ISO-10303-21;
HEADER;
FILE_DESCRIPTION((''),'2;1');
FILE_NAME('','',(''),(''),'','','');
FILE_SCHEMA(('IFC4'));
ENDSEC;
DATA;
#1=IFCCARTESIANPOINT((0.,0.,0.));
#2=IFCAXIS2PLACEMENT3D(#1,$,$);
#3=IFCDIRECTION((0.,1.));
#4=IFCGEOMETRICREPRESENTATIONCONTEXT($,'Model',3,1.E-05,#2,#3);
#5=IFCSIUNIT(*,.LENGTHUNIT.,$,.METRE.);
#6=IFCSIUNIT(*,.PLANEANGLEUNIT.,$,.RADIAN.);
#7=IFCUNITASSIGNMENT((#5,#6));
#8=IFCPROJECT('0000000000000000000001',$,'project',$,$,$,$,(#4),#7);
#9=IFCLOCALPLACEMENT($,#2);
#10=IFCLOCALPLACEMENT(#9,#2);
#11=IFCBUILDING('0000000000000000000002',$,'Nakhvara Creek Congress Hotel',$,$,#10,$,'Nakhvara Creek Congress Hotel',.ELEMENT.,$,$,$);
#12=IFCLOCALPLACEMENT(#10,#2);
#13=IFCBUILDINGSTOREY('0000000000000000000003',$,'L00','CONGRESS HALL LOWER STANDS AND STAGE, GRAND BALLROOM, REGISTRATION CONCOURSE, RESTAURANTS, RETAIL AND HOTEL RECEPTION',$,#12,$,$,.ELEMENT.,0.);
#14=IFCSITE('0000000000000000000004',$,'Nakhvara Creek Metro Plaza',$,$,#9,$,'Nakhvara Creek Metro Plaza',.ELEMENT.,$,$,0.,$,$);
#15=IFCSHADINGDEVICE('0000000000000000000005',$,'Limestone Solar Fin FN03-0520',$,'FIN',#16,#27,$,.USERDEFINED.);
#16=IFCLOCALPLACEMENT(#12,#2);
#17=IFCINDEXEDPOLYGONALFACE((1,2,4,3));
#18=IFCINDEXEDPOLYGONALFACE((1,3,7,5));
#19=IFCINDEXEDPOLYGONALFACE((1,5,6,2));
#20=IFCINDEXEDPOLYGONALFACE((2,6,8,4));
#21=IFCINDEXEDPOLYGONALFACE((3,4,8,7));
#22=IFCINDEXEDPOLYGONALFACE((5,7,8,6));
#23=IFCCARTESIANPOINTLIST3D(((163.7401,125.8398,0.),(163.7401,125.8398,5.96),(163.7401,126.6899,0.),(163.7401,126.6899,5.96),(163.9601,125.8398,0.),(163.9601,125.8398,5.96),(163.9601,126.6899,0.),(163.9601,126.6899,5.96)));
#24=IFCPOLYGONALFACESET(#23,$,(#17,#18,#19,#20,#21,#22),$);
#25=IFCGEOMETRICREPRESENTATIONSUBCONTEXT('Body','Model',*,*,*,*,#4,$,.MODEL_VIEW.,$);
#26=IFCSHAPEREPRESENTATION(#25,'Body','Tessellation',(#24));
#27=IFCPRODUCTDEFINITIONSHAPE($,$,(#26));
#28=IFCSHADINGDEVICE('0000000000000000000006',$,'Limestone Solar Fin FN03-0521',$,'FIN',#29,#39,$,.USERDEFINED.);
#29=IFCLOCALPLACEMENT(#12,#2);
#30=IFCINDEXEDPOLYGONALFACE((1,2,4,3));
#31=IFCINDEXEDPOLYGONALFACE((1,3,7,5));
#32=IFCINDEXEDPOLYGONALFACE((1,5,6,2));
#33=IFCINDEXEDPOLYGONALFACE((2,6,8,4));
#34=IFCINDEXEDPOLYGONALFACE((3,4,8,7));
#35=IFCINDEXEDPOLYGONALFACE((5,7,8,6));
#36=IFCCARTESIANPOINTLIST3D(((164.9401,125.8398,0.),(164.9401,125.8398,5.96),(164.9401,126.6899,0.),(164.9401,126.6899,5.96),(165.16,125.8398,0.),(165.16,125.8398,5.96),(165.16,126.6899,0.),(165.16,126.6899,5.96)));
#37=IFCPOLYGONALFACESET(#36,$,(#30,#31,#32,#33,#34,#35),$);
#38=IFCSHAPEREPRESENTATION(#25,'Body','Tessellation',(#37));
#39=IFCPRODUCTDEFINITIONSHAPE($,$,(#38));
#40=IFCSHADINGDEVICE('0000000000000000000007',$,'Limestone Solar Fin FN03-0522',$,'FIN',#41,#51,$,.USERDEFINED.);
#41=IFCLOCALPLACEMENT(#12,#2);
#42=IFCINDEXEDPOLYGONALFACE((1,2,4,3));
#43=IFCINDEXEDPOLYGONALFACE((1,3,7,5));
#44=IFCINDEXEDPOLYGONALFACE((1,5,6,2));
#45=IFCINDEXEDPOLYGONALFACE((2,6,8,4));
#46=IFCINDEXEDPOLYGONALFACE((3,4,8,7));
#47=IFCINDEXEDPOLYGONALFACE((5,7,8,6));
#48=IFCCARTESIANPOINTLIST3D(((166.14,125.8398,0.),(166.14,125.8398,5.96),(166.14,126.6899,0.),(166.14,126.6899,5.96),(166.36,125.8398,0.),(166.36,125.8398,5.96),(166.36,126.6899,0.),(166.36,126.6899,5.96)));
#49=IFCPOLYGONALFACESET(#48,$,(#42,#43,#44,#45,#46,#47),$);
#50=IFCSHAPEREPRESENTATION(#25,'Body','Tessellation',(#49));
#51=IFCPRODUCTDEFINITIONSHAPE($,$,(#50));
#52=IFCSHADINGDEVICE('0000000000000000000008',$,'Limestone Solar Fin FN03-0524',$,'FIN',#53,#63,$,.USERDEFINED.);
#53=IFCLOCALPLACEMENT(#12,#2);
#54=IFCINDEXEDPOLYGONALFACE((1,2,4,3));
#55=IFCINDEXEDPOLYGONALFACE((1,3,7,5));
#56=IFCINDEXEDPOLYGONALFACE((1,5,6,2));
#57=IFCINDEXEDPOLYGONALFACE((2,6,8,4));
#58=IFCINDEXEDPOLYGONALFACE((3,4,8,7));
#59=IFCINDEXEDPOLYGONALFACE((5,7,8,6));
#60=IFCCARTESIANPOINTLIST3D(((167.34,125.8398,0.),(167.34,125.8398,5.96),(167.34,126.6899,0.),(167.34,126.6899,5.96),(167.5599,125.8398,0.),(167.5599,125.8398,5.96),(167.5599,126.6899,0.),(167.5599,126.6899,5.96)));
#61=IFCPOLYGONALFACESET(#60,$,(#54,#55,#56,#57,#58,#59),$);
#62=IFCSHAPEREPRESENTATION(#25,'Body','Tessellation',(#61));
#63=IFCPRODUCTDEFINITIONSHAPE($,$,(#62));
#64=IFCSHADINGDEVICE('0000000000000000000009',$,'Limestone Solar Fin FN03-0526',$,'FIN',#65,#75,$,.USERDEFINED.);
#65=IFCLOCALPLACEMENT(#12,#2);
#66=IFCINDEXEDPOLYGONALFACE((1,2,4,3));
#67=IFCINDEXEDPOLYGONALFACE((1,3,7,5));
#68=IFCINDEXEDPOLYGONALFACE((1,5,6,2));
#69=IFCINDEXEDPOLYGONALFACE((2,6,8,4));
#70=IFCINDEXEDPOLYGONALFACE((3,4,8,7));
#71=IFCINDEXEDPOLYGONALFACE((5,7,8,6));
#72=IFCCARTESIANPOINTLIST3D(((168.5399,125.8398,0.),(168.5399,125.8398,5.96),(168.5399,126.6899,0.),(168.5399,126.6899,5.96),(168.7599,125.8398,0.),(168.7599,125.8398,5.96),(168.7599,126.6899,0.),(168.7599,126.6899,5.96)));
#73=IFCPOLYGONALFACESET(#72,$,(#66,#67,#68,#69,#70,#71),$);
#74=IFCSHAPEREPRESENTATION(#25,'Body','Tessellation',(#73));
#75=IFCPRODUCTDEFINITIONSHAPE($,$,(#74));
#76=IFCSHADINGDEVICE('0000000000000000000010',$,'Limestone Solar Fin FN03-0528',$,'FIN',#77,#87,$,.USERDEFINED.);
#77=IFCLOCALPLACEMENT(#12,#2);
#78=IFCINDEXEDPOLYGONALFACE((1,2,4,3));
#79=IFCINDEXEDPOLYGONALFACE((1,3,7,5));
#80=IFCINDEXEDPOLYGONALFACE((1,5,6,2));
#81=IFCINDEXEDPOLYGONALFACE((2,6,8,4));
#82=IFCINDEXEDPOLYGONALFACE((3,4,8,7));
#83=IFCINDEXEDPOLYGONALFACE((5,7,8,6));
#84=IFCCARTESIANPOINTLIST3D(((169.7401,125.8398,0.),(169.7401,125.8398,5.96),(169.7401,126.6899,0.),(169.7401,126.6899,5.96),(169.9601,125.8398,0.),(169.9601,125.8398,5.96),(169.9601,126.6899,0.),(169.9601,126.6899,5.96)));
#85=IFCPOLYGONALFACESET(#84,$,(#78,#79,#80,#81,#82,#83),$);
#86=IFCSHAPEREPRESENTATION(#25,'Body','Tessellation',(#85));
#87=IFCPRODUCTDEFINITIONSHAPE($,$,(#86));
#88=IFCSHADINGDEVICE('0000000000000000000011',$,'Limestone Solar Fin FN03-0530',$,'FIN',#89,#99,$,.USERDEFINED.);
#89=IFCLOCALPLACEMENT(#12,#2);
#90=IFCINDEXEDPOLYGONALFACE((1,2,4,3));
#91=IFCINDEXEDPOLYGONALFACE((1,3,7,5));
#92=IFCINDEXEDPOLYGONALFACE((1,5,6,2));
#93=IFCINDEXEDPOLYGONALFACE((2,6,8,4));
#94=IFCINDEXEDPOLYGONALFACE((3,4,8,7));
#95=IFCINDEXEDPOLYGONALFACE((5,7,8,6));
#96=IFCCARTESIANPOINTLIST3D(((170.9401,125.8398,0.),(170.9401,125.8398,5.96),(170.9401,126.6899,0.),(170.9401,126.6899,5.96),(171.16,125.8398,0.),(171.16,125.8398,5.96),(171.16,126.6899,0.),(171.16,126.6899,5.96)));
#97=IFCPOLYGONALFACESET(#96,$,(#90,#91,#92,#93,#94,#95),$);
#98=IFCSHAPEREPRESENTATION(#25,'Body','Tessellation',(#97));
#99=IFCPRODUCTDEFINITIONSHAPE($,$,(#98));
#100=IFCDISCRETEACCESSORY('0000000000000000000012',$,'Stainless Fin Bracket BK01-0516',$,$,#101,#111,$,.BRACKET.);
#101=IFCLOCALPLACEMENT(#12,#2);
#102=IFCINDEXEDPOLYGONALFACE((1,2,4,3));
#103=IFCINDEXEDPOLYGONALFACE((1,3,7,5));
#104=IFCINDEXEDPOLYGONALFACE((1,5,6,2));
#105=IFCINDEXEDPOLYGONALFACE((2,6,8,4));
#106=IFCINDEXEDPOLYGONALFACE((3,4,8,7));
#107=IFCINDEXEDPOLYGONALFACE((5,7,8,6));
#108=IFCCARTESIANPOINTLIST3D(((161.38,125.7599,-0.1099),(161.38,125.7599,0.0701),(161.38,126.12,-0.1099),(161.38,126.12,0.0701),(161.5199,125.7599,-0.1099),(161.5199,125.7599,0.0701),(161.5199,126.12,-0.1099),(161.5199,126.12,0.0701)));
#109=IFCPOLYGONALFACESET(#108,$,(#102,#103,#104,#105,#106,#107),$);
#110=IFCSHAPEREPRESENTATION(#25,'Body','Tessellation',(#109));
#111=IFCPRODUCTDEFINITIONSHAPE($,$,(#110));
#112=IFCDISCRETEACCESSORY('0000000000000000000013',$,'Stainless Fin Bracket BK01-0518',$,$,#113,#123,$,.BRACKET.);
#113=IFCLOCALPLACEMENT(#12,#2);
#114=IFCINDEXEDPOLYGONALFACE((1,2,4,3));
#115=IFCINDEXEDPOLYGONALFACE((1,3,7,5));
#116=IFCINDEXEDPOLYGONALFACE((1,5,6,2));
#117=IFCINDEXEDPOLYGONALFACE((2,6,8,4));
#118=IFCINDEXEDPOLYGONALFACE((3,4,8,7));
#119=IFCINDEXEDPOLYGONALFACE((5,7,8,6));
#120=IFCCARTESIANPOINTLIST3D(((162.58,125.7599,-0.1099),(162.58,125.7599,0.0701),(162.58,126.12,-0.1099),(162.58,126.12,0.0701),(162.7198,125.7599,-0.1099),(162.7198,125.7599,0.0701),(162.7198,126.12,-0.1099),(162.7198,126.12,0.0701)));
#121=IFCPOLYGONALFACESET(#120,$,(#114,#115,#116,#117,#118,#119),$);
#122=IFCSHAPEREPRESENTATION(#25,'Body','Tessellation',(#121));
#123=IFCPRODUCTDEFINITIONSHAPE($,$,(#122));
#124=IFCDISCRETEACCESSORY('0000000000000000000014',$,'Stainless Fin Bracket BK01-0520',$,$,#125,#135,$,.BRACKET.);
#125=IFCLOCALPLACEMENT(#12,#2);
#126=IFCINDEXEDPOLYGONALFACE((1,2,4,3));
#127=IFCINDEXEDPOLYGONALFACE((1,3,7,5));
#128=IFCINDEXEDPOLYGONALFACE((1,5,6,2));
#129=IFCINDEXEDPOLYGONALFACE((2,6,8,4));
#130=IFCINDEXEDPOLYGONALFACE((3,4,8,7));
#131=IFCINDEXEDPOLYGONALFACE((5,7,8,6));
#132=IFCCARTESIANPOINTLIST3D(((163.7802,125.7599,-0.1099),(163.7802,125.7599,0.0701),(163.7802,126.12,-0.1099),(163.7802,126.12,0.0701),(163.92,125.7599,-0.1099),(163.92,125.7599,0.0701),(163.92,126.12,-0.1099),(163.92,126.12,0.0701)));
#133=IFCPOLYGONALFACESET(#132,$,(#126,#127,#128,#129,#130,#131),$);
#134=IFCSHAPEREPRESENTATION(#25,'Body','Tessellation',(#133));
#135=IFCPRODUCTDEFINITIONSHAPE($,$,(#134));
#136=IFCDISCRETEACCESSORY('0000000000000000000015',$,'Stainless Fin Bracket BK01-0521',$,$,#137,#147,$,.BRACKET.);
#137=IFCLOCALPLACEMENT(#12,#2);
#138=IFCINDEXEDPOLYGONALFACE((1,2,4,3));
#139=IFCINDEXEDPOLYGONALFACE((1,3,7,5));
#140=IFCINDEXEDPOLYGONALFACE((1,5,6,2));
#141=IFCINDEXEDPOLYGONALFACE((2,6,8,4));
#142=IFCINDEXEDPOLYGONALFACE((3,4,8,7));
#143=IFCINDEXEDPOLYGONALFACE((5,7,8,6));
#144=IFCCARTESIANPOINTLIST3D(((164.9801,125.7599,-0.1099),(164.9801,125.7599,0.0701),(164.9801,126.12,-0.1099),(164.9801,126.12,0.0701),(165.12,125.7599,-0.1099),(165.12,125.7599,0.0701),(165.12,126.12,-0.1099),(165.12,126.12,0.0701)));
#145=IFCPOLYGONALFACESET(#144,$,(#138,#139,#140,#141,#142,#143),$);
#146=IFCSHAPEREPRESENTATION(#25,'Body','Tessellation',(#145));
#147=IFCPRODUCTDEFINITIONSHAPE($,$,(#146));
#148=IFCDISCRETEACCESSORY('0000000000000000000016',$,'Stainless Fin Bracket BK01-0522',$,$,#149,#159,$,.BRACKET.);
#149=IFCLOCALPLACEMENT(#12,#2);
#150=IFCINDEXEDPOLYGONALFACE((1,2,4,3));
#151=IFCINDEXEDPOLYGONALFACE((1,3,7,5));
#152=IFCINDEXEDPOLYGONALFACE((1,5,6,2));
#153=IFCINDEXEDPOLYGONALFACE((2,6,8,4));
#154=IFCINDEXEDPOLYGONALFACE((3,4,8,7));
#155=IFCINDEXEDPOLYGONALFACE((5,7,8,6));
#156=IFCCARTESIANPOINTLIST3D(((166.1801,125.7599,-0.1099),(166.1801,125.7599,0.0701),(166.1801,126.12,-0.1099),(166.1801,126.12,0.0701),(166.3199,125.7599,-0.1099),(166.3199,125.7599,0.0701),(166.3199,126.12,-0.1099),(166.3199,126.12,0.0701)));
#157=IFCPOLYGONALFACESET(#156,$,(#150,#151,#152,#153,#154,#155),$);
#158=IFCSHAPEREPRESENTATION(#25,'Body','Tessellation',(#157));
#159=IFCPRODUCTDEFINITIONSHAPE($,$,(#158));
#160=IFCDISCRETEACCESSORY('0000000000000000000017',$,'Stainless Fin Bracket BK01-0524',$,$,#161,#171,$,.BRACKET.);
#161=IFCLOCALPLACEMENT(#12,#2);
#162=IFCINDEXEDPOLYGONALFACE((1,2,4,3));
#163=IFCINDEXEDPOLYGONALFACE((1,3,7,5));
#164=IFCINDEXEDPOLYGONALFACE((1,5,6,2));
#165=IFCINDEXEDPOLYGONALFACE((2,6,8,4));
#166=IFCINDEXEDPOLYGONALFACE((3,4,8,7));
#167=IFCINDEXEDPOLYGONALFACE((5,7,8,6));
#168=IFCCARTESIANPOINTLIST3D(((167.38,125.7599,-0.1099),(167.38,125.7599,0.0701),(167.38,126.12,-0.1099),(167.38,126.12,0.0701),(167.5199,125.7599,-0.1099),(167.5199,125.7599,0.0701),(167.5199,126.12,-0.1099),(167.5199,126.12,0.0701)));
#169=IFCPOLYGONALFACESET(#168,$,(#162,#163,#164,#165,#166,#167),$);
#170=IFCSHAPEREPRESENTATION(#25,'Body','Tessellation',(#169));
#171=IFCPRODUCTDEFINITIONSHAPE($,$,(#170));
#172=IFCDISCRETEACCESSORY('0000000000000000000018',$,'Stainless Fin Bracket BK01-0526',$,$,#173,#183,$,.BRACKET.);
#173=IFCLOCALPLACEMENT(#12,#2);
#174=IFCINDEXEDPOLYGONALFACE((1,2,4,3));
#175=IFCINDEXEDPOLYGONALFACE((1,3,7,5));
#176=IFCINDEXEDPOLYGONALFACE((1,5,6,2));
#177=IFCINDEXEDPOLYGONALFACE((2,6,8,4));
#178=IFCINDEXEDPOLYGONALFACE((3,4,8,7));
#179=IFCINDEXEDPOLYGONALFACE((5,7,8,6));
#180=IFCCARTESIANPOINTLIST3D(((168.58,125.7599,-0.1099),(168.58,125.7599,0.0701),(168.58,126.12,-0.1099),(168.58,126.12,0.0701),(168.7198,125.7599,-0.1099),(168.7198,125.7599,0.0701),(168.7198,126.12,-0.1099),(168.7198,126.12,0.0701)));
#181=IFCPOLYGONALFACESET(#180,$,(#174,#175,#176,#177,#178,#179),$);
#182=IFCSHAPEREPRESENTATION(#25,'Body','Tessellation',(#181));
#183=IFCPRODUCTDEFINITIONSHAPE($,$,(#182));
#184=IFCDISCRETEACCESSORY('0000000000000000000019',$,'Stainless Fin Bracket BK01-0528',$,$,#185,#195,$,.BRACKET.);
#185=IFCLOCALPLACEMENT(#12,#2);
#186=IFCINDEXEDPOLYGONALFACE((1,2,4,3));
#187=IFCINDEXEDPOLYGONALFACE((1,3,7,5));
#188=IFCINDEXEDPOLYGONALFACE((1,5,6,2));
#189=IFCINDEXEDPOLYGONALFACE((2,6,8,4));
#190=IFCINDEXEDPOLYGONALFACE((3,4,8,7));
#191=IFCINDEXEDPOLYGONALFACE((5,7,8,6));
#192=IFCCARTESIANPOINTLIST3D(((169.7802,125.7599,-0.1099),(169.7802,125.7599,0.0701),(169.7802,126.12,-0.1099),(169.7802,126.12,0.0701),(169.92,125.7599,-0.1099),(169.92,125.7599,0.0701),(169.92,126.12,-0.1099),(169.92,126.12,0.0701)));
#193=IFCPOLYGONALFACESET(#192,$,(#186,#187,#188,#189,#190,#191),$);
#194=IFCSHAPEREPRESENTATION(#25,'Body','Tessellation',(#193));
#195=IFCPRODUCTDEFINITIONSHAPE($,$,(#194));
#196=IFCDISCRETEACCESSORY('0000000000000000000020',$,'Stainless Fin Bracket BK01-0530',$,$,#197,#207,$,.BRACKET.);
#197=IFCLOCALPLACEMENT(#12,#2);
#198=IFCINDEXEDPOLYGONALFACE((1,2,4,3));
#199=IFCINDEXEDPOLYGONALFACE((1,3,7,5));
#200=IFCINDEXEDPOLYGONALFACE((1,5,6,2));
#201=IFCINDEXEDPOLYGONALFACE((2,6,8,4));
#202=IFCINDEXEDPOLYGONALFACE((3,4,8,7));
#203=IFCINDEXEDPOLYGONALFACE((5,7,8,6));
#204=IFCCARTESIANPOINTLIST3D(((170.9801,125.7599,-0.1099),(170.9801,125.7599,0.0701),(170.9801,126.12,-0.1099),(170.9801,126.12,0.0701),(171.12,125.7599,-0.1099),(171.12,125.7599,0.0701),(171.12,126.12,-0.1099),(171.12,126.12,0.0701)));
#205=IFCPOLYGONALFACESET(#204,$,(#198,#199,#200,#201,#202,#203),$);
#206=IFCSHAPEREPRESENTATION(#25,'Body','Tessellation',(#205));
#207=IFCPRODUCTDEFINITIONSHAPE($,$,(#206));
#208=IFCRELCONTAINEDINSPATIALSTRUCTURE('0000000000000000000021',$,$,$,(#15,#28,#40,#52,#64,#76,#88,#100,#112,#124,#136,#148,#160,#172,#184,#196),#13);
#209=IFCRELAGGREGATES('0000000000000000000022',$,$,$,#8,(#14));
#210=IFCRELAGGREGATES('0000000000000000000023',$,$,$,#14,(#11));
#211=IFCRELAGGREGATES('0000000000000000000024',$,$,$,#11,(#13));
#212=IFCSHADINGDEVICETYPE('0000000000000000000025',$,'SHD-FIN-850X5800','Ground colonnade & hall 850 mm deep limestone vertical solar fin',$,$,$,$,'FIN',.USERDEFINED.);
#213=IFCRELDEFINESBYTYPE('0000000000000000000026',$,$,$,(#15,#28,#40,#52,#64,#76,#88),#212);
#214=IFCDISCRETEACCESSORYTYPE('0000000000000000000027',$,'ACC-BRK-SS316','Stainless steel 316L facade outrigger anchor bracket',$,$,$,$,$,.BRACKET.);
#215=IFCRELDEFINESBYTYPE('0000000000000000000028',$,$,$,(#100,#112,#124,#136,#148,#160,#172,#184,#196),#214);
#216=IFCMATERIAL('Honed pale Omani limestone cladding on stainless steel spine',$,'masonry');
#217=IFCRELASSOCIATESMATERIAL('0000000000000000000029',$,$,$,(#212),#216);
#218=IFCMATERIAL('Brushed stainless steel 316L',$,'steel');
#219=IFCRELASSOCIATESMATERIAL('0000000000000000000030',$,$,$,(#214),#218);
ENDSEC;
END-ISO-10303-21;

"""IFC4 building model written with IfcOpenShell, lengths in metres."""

from ifc_helpers import new_model, si_unit, direction, frame, origin, origin_2d, place, context, subcontext, project, spatial, rectangle, extrude, material, type_object, element, save


model = new_model("IFC4")

# Units and contexts
model_context = context("Model", 3, precision=1e-05, world=origin(), true_north=direction((0.0, 1.0)))
body_context = subcontext(model_context, "Body", "Model", "MODEL_VIEW")
ifc_project = project(units=[si_unit("LENGTHUNIT", "METRE"), si_unit("PLANEANGLEUNIT", "RADIAN")], contexts=[model_context])

# Site, building, storey
site_placement = place(None, origin())
site = spatial("IfcSite", under=ifc_project, at=site_placement, Name="Nakhvara Creek Metro Plaza", LongName="Nakhvara Creek Metro Plaza", CompositionType="ELEMENT", RefElevation=0.0)
building_placement = place(site_placement, origin())
building = spatial("IfcBuilding", under=site, at=building_placement, Name="Nakhvara Creek Congress Hotel", LongName="Nakhvara Creek Congress Hotel", CompositionType="ELEMENT")
storey_placement = place(building_placement, origin())
storey = spatial("IfcBuildingStorey", under=building, at=storey_placement, Name="L00", Description="CONGRESS HALL LOWER STANDS AND STAGE, GRAND BALLROOM, REGISTRATION CONCOURSE, RESTAURANTS, RETAIL AND HOTEL RECEPTION", CompositionType="ELEMENT", Elevation=0.0)

# Shading devices
ifc_material_1 = material(Name="Honed pale Omani limestone cladding on stainless steel spine", Category="masonry")
shading_device_type = type_object("IfcShadingDeviceType", Name="SHD-FIN-850X5800", Description="Ground colonnade & hall 850 mm deep limestone vertical solar fin", ElementType="FIN", PredefinedType="USERDEFINED", material=ifc_material_1)
for number, where, z_axis, x_axis, name in (
    (1, (163.8501, 126.2649, 0.0), (0.0, 0.0, 1.0), (1.0, 0.0, 0.0), "Limestone Solar Fin FN03-0520"),
    (2, (165.05, 126.2649, 0.0), (0.0, 0.0, 1.0), (1.0, 0.0, 0.0), "Limestone Solar Fin FN03-0521"),
    (3, (166.25, 126.2649, 0.0), (0.0, 0.0, 1.0), (1.0, 0.0, 0.0), "Limestone Solar Fin FN03-0522"),
    (4, (167.45, 126.2649, 0.0), (0.0, 0.0, 1.0), (1.0, 0.0, 0.0), "Limestone Solar Fin FN03-0524"),
    (5, (168.6499, 126.2649, 0.0), (0.0, 0.0, 1.0), (1.0, 0.0, 0.0), "Limestone Solar Fin FN03-0526"),
    (6, (169.8501, 126.2649, 0.0), (0.0, 0.0, 1.0), (1.0, 0.0, 0.0), "Limestone Solar Fin FN03-0528"),
    (7, (171.05, 126.2649, 0.0), (0.0, 0.0, 1.0), (1.0, 0.0, 0.0), "Limestone Solar Fin FN03-0530"),
):
    element("IfcShadingDevice", number, at=place(storey_placement, frame(where, z_axis=z_axis, x_axis=x_axis)), inside=storey, type_object=shading_device_type, Name=name, ObjectType="FIN", PredefinedType="USERDEFINED", context=body_context, shape_type="SweptSolid", body=[
        extrude(rectangle(XDim=0.22, YDim=0.8501, at=origin_2d()), origin(), (0.0, 0.0, 1.0), 5.96),
    ])

# Discrete accessories
ifc_material_2 = material(Name="Brushed stainless steel 316L", Category="steel")
discrete_accessory_type = type_object("IfcDiscreteAccessoryType", Name="ACC-BRK-SS316", Description="Stainless steel 316L facade outrigger anchor bracket", PredefinedType="BRACKET", material=ifc_material_2)
for number, where, z_axis, x_axis, name in (
    (8, (161.45, 125.9399, -0.1099), (0.0, 0.0, 1.0), (1.0, 0.0, 0.0), "Stainless Fin Bracket BK01-0516"),
    (9, (162.6499, 125.9399, -0.1099), (0.0, 0.0, 1.0), (1.0, 0.0, 0.0), "Stainless Fin Bracket BK01-0518"),
    (10, (163.8501, 125.9399, -0.1099), (0.0, 0.0, 1.0), (1.0, 0.0, 0.0), "Stainless Fin Bracket BK01-0520"),
    (11, (165.05, 125.9399, -0.1099), (0.0, 0.0, 1.0), (1.0, 0.0, 0.0), "Stainless Fin Bracket BK01-0521"),
    (12, (166.25, 125.9399, -0.1099), (0.0, 0.0, 1.0), (1.0, 0.0, 0.0), "Stainless Fin Bracket BK01-0522"),
    (13, (167.45, 125.9399, -0.1099), (0.0, 0.0, 1.0), (1.0, 0.0, 0.0), "Stainless Fin Bracket BK01-0524"),
    (14, (168.6499, 125.9399, -0.1099), (0.0, 0.0, 1.0), (1.0, 0.0, 0.0), "Stainless Fin Bracket BK01-0526"),
    (15, (169.8501, 125.9399, -0.1099), (0.0, 0.0, 1.0), (1.0, 0.0, 0.0), "Stainless Fin Bracket BK01-0528"),
    (16, (171.05, 125.9399, -0.1099), (0.0, 0.0, 1.0), (1.0, 0.0, 0.0), "Stainless Fin Bracket BK01-0530"),
):
    element("IfcDiscreteAccessory", number, at=place(storey_placement, frame(where, z_axis=z_axis, x_axis=x_axis)), inside=storey, type_object=discrete_accessory_type, Name=name, PredefinedType="BRACKET", context=body_context, shape_type="SweptSolid", body=[
        extrude(rectangle(XDim=0.1399, YDim=0.3601, at=origin_2d()), origin(), (0.0, 0.0, 1.0), 0.1799),
    ])

save(model, "model.ifc")
